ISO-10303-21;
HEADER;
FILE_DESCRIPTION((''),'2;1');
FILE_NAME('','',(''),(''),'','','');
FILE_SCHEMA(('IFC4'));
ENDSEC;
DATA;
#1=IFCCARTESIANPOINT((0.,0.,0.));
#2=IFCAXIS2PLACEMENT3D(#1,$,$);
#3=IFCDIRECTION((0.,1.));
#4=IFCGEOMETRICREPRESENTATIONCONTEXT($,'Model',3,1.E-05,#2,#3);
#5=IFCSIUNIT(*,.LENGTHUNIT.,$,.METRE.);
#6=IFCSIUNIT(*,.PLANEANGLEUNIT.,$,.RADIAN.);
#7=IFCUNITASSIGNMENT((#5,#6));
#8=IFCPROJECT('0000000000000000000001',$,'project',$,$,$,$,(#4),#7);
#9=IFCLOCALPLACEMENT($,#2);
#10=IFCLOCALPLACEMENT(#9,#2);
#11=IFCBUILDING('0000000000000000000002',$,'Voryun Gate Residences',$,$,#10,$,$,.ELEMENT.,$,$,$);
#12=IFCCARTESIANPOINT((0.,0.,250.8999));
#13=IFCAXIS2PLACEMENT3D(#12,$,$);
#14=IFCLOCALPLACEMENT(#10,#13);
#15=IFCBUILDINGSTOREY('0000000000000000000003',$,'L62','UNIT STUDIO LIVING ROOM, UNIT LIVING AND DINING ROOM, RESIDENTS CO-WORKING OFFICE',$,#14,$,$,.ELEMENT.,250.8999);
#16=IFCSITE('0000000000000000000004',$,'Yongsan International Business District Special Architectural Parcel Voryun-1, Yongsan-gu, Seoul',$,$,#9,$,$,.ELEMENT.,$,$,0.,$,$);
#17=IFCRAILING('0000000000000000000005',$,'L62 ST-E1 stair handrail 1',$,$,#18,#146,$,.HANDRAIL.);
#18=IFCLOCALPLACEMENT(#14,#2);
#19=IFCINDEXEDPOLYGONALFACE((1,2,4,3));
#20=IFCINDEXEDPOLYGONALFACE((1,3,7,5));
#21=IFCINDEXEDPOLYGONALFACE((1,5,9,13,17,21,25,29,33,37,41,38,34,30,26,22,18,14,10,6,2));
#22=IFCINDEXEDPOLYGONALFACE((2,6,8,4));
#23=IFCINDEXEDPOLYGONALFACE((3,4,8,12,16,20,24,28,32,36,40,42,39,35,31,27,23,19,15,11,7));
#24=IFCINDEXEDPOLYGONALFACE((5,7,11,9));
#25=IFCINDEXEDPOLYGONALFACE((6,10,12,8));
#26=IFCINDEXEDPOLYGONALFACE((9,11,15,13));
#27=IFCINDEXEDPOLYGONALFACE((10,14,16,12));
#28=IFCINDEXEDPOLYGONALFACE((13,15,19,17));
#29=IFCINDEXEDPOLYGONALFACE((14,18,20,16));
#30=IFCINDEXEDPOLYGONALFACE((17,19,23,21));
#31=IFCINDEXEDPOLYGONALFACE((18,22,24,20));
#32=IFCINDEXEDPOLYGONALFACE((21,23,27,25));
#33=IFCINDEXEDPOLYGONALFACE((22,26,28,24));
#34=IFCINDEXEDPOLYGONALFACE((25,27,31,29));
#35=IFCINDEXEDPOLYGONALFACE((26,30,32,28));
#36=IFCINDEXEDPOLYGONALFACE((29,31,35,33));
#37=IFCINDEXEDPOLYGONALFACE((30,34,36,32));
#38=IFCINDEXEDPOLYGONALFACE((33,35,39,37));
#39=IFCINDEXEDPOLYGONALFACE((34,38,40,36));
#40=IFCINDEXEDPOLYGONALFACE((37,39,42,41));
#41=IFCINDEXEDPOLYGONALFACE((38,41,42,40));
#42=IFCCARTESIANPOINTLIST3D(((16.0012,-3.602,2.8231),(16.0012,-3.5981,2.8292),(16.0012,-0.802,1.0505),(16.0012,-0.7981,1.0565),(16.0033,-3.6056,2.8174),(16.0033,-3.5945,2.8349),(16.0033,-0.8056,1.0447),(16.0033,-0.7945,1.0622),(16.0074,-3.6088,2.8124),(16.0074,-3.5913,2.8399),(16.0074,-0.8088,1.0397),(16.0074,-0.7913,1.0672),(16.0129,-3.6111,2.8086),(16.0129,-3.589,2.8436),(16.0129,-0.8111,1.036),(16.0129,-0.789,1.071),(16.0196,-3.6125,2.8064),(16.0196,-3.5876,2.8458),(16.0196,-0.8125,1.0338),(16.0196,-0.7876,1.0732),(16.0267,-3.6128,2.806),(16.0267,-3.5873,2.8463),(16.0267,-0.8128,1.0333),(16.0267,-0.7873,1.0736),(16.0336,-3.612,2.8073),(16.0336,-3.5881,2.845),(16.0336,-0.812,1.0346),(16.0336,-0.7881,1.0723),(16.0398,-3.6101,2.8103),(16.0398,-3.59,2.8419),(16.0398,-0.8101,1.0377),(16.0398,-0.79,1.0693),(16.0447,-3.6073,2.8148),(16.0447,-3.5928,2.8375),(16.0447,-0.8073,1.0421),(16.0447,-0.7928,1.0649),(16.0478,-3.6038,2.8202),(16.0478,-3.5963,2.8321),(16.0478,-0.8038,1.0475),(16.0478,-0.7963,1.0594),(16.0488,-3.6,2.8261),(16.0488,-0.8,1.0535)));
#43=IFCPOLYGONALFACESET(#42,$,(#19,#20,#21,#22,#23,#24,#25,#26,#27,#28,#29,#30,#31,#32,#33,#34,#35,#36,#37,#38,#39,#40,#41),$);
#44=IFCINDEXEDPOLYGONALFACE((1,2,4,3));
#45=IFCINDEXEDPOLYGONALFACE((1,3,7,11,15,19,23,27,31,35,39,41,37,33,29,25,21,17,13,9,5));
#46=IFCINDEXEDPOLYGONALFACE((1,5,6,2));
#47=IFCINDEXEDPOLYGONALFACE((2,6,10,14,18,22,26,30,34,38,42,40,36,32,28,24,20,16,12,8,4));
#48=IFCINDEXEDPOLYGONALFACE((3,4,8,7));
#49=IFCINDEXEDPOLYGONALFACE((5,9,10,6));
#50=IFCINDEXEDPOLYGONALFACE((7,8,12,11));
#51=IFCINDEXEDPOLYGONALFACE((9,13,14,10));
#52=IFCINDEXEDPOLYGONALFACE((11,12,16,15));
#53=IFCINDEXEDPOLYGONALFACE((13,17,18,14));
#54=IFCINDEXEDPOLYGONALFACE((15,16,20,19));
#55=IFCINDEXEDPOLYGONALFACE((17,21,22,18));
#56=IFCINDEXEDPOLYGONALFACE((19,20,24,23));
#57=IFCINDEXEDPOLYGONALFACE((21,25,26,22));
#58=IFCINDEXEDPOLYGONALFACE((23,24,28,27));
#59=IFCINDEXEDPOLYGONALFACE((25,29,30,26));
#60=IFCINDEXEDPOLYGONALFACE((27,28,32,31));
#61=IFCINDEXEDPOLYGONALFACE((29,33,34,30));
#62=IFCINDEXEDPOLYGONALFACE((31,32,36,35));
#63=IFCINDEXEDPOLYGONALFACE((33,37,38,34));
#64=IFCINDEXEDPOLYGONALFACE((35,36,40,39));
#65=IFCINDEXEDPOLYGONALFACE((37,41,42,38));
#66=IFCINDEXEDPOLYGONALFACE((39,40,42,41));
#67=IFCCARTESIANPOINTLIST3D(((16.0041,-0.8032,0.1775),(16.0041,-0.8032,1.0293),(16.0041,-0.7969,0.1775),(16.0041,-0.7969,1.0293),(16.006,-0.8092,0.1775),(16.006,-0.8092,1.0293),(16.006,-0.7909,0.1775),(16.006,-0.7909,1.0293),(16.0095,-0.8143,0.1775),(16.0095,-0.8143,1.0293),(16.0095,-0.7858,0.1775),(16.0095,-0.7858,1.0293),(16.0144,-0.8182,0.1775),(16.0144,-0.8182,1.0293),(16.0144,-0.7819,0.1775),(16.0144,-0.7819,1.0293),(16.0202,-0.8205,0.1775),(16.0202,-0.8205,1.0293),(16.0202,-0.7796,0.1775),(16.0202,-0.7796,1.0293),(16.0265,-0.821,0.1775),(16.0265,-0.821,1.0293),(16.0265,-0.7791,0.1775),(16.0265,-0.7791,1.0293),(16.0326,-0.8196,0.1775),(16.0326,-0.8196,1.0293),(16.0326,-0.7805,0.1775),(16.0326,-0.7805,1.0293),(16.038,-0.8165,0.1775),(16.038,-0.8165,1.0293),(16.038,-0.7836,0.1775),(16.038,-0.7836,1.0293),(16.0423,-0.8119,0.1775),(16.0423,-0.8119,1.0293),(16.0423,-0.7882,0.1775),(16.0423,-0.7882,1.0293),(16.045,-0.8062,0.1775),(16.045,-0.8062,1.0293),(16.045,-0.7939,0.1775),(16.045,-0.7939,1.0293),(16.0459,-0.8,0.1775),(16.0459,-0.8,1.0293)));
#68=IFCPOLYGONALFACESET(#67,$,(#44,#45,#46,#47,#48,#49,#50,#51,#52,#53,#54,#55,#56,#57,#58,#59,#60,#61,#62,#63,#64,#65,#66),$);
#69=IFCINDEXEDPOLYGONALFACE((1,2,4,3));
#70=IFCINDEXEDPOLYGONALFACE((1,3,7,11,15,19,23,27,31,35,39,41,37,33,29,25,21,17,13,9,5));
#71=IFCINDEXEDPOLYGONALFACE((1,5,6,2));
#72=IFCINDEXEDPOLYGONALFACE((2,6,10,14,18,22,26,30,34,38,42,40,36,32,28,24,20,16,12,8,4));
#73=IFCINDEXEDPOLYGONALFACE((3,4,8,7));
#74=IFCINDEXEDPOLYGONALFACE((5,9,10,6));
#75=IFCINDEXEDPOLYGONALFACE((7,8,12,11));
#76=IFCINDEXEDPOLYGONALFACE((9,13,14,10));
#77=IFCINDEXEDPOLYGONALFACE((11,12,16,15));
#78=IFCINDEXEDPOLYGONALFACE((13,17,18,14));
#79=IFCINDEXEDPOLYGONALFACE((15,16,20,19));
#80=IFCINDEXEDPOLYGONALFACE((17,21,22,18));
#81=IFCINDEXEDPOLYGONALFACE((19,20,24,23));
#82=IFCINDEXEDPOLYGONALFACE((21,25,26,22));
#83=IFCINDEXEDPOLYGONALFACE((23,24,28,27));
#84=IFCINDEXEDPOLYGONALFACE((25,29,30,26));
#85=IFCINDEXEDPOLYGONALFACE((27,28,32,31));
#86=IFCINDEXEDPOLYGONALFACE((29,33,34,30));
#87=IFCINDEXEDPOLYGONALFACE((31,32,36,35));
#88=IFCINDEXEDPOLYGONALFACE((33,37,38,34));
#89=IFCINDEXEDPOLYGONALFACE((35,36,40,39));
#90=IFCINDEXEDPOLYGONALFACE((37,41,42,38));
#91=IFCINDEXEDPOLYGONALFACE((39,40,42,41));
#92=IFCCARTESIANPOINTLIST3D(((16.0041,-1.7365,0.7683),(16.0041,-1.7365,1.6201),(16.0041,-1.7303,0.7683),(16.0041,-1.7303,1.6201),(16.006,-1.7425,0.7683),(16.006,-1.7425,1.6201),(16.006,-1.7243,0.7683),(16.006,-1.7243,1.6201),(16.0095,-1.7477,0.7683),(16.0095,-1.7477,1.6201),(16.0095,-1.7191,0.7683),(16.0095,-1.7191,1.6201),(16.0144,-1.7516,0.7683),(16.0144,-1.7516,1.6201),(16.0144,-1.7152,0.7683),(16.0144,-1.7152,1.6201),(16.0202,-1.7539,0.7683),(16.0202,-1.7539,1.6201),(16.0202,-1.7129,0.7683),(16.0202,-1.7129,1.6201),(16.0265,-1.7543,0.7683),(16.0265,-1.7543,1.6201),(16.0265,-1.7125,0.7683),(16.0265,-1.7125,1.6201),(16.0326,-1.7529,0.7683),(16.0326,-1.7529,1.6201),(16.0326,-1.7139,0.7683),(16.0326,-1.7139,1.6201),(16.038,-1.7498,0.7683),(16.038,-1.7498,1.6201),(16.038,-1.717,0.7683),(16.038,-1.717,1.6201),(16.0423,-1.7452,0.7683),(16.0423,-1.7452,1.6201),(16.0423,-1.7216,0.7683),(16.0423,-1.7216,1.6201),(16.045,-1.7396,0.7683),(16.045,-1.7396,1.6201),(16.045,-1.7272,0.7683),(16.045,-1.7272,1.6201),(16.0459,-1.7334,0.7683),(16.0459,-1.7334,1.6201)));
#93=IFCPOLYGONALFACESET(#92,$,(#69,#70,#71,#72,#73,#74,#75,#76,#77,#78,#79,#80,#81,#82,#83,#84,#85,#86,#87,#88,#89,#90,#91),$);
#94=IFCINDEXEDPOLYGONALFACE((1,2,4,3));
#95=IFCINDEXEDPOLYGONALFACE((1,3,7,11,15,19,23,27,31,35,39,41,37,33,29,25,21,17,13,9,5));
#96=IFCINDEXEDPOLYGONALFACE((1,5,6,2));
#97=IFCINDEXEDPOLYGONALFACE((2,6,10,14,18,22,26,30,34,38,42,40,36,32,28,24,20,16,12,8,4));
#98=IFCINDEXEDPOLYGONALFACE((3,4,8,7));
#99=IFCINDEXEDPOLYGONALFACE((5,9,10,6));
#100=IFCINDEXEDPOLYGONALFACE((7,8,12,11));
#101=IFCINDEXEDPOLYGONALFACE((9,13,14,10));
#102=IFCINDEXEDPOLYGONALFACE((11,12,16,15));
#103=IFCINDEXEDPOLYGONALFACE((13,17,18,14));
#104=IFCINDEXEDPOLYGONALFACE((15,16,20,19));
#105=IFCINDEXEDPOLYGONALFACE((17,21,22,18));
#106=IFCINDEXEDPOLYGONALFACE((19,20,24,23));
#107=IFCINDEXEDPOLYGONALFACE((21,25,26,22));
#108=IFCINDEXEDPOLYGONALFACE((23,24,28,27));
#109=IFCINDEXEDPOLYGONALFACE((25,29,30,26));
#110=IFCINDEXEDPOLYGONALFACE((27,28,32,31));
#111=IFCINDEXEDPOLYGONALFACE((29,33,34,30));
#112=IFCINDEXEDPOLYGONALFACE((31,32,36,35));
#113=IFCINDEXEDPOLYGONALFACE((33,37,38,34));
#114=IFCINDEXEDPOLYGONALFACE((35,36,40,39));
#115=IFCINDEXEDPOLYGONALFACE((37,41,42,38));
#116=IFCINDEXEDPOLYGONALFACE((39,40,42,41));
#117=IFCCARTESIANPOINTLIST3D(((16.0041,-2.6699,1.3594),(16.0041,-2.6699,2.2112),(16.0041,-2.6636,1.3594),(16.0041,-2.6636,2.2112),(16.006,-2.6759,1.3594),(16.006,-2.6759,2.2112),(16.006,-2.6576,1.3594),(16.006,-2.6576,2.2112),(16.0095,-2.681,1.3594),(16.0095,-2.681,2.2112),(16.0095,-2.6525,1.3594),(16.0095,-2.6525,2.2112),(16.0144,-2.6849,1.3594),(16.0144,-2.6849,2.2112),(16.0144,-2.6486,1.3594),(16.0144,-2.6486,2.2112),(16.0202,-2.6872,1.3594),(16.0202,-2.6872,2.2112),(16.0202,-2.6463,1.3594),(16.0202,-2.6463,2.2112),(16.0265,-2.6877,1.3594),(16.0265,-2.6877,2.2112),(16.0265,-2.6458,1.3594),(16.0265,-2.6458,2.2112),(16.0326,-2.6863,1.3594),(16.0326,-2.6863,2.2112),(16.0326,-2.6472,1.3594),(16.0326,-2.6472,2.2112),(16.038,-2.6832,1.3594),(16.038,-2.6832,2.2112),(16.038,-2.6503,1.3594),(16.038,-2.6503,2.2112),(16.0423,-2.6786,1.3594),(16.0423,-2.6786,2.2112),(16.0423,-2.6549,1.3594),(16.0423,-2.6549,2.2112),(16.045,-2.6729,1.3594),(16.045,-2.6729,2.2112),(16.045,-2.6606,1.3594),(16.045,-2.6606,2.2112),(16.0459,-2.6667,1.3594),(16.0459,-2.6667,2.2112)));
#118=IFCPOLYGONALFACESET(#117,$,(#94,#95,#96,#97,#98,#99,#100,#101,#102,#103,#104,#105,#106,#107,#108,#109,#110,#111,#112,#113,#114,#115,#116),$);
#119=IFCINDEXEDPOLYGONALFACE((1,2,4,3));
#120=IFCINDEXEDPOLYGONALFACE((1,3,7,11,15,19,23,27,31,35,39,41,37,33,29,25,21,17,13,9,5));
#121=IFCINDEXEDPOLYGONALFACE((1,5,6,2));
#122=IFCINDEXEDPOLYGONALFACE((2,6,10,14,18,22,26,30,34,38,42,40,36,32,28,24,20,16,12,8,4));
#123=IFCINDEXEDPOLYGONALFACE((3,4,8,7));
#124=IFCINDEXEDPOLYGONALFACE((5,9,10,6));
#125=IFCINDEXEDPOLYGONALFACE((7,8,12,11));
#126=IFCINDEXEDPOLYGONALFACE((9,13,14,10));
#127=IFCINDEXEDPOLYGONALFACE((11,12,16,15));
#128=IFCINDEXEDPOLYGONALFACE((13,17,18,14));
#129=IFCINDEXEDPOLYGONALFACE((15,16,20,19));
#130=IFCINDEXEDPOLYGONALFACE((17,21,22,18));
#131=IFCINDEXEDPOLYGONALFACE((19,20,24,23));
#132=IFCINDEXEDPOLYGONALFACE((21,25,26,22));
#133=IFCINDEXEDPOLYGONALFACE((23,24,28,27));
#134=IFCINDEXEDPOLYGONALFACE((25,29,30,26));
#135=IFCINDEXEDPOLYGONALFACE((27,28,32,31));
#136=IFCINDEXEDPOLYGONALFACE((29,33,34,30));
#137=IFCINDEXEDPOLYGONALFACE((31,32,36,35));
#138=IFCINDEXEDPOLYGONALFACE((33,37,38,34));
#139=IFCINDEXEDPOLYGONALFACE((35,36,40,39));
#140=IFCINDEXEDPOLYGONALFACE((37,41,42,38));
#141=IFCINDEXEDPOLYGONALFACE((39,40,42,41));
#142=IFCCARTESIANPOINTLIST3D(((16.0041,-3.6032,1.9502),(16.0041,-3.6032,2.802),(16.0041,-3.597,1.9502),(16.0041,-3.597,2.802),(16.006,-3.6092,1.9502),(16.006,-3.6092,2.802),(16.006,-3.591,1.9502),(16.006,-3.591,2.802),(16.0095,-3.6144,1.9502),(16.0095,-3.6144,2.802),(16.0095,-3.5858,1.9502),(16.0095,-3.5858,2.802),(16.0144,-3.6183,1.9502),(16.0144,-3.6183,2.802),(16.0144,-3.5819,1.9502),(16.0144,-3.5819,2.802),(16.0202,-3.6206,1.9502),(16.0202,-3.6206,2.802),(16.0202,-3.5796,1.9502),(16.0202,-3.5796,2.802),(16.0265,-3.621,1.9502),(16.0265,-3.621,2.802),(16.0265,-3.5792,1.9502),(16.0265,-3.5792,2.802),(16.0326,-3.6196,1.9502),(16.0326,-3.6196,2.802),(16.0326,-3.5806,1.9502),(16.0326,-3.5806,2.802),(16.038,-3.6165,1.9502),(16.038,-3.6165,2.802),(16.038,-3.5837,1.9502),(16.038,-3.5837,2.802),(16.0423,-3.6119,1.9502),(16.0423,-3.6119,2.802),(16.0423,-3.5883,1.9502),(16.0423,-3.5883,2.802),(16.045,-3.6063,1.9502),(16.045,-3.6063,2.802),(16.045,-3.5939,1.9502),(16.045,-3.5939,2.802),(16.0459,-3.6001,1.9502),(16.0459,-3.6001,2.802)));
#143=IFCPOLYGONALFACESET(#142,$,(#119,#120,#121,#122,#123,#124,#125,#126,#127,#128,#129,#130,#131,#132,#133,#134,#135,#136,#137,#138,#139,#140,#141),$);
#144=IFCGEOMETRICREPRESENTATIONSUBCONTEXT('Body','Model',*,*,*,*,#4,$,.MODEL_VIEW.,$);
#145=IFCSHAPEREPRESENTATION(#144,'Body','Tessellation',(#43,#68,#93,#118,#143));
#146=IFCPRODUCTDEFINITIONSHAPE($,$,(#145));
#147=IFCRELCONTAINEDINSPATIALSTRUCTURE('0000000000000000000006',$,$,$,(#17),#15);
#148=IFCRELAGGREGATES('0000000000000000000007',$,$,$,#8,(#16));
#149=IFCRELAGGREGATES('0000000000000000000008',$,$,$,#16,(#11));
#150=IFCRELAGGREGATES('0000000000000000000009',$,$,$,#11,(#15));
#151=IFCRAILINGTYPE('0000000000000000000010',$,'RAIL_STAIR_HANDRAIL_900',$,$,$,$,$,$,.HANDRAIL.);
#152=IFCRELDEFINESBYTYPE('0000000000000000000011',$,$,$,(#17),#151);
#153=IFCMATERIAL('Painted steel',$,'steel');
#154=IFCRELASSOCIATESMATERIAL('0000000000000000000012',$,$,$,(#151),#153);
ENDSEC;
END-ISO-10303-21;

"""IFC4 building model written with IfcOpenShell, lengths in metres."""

from ifc_helpers import new_model, si_unit, direction, frame, origin, origin_2d, place, context, subcontext, project, spatial, circle, extrude, material, type_object, element, save


model = new_model("IFC4")

# Units and contexts
model_context = context("Model", 3, precision=1e-05, world=origin(), true_north=direction((0.0, 1.0)))
body_context = subcontext(model_context, "Body", "Model", "MODEL_VIEW")
ifc_project = project(units=[si_unit("LENGTHUNIT", "METRE"), si_unit("PLANEANGLEUNIT", "RADIAN")], contexts=[model_context])

# Site, building, storey
site_placement = place(None, origin())
site = spatial("IfcSite", under=ifc_project, at=site_placement, Name="Yongsan International Business District Special Architectural Parcel Voryun-1, Yongsan-gu, Seoul", CompositionType="ELEMENT", RefElevation=0.0)
building_placement = place(site_placement, origin())
building = spatial("IfcBuilding", under=site, at=building_placement, Name="Voryun Gate Residences", CompositionType="ELEMENT")
storey_placement = place(building_placement, frame((0.0, 0.0, 250.8999)))
storey = spatial("IfcBuildingStorey", under=building, at=storey_placement, Name="L62", Description="UNIT STUDIO LIVING ROOM, UNIT LIVING AND DINING ROOM, RESIDENTS CO-WORKING OFFICE", CompositionType="ELEMENT", Elevation=250.8999)

# Railing
ifc_material_1 = material(Name="Painted steel", Category="steel")
railing_type_1 = type_object("IfcRailingType", Name="RAIL_STAIR_HANDRAIL_900", PredefinedType="HANDRAIL", material=ifc_material_1)
railing_1_placement = place(storey_placement, frame((16.0249, -0.8, 0.1775)))
element("IfcRailing", 1, at=railing_1_placement, inside=storey, type_object=railing_type_1, Name="L62 ST-E1 stair handrail 1", PredefinedType="HANDRAIL", context=body_context, shape_type="SweptSolid", body=[
    extrude(circle(Radius=0.0239, at=origin_2d()), frame((0.0, 0.0, 0.876), z_axis=(0.0, -0.844909, 0.53491), x_axis=(1.0, 0.0, 0.0)), (0.0, 0.0, 1.0), 3.314),
    extrude(circle(Radius=0.021, at=origin_2d()), origin(), (0.0, 0.0, 1.0), 0.8518),
    extrude(circle(Radius=0.021, at=origin_2d()), frame((0.0, -0.9333, 0.5908)), (0.0, 0.0, 1.0), 0.8518),
    extrude(circle(Radius=0.021, at=origin_2d()), frame((0.0, -1.8667, 1.1819)), (0.0, 0.0, 1.0), 0.8518),
    extrude(circle(Radius=0.021, at=origin_2d()), frame((0.0, -2.8, 1.7727)), (0.0, 0.0, 1.0), 0.8518),
])

save(model, "model.ifc")
